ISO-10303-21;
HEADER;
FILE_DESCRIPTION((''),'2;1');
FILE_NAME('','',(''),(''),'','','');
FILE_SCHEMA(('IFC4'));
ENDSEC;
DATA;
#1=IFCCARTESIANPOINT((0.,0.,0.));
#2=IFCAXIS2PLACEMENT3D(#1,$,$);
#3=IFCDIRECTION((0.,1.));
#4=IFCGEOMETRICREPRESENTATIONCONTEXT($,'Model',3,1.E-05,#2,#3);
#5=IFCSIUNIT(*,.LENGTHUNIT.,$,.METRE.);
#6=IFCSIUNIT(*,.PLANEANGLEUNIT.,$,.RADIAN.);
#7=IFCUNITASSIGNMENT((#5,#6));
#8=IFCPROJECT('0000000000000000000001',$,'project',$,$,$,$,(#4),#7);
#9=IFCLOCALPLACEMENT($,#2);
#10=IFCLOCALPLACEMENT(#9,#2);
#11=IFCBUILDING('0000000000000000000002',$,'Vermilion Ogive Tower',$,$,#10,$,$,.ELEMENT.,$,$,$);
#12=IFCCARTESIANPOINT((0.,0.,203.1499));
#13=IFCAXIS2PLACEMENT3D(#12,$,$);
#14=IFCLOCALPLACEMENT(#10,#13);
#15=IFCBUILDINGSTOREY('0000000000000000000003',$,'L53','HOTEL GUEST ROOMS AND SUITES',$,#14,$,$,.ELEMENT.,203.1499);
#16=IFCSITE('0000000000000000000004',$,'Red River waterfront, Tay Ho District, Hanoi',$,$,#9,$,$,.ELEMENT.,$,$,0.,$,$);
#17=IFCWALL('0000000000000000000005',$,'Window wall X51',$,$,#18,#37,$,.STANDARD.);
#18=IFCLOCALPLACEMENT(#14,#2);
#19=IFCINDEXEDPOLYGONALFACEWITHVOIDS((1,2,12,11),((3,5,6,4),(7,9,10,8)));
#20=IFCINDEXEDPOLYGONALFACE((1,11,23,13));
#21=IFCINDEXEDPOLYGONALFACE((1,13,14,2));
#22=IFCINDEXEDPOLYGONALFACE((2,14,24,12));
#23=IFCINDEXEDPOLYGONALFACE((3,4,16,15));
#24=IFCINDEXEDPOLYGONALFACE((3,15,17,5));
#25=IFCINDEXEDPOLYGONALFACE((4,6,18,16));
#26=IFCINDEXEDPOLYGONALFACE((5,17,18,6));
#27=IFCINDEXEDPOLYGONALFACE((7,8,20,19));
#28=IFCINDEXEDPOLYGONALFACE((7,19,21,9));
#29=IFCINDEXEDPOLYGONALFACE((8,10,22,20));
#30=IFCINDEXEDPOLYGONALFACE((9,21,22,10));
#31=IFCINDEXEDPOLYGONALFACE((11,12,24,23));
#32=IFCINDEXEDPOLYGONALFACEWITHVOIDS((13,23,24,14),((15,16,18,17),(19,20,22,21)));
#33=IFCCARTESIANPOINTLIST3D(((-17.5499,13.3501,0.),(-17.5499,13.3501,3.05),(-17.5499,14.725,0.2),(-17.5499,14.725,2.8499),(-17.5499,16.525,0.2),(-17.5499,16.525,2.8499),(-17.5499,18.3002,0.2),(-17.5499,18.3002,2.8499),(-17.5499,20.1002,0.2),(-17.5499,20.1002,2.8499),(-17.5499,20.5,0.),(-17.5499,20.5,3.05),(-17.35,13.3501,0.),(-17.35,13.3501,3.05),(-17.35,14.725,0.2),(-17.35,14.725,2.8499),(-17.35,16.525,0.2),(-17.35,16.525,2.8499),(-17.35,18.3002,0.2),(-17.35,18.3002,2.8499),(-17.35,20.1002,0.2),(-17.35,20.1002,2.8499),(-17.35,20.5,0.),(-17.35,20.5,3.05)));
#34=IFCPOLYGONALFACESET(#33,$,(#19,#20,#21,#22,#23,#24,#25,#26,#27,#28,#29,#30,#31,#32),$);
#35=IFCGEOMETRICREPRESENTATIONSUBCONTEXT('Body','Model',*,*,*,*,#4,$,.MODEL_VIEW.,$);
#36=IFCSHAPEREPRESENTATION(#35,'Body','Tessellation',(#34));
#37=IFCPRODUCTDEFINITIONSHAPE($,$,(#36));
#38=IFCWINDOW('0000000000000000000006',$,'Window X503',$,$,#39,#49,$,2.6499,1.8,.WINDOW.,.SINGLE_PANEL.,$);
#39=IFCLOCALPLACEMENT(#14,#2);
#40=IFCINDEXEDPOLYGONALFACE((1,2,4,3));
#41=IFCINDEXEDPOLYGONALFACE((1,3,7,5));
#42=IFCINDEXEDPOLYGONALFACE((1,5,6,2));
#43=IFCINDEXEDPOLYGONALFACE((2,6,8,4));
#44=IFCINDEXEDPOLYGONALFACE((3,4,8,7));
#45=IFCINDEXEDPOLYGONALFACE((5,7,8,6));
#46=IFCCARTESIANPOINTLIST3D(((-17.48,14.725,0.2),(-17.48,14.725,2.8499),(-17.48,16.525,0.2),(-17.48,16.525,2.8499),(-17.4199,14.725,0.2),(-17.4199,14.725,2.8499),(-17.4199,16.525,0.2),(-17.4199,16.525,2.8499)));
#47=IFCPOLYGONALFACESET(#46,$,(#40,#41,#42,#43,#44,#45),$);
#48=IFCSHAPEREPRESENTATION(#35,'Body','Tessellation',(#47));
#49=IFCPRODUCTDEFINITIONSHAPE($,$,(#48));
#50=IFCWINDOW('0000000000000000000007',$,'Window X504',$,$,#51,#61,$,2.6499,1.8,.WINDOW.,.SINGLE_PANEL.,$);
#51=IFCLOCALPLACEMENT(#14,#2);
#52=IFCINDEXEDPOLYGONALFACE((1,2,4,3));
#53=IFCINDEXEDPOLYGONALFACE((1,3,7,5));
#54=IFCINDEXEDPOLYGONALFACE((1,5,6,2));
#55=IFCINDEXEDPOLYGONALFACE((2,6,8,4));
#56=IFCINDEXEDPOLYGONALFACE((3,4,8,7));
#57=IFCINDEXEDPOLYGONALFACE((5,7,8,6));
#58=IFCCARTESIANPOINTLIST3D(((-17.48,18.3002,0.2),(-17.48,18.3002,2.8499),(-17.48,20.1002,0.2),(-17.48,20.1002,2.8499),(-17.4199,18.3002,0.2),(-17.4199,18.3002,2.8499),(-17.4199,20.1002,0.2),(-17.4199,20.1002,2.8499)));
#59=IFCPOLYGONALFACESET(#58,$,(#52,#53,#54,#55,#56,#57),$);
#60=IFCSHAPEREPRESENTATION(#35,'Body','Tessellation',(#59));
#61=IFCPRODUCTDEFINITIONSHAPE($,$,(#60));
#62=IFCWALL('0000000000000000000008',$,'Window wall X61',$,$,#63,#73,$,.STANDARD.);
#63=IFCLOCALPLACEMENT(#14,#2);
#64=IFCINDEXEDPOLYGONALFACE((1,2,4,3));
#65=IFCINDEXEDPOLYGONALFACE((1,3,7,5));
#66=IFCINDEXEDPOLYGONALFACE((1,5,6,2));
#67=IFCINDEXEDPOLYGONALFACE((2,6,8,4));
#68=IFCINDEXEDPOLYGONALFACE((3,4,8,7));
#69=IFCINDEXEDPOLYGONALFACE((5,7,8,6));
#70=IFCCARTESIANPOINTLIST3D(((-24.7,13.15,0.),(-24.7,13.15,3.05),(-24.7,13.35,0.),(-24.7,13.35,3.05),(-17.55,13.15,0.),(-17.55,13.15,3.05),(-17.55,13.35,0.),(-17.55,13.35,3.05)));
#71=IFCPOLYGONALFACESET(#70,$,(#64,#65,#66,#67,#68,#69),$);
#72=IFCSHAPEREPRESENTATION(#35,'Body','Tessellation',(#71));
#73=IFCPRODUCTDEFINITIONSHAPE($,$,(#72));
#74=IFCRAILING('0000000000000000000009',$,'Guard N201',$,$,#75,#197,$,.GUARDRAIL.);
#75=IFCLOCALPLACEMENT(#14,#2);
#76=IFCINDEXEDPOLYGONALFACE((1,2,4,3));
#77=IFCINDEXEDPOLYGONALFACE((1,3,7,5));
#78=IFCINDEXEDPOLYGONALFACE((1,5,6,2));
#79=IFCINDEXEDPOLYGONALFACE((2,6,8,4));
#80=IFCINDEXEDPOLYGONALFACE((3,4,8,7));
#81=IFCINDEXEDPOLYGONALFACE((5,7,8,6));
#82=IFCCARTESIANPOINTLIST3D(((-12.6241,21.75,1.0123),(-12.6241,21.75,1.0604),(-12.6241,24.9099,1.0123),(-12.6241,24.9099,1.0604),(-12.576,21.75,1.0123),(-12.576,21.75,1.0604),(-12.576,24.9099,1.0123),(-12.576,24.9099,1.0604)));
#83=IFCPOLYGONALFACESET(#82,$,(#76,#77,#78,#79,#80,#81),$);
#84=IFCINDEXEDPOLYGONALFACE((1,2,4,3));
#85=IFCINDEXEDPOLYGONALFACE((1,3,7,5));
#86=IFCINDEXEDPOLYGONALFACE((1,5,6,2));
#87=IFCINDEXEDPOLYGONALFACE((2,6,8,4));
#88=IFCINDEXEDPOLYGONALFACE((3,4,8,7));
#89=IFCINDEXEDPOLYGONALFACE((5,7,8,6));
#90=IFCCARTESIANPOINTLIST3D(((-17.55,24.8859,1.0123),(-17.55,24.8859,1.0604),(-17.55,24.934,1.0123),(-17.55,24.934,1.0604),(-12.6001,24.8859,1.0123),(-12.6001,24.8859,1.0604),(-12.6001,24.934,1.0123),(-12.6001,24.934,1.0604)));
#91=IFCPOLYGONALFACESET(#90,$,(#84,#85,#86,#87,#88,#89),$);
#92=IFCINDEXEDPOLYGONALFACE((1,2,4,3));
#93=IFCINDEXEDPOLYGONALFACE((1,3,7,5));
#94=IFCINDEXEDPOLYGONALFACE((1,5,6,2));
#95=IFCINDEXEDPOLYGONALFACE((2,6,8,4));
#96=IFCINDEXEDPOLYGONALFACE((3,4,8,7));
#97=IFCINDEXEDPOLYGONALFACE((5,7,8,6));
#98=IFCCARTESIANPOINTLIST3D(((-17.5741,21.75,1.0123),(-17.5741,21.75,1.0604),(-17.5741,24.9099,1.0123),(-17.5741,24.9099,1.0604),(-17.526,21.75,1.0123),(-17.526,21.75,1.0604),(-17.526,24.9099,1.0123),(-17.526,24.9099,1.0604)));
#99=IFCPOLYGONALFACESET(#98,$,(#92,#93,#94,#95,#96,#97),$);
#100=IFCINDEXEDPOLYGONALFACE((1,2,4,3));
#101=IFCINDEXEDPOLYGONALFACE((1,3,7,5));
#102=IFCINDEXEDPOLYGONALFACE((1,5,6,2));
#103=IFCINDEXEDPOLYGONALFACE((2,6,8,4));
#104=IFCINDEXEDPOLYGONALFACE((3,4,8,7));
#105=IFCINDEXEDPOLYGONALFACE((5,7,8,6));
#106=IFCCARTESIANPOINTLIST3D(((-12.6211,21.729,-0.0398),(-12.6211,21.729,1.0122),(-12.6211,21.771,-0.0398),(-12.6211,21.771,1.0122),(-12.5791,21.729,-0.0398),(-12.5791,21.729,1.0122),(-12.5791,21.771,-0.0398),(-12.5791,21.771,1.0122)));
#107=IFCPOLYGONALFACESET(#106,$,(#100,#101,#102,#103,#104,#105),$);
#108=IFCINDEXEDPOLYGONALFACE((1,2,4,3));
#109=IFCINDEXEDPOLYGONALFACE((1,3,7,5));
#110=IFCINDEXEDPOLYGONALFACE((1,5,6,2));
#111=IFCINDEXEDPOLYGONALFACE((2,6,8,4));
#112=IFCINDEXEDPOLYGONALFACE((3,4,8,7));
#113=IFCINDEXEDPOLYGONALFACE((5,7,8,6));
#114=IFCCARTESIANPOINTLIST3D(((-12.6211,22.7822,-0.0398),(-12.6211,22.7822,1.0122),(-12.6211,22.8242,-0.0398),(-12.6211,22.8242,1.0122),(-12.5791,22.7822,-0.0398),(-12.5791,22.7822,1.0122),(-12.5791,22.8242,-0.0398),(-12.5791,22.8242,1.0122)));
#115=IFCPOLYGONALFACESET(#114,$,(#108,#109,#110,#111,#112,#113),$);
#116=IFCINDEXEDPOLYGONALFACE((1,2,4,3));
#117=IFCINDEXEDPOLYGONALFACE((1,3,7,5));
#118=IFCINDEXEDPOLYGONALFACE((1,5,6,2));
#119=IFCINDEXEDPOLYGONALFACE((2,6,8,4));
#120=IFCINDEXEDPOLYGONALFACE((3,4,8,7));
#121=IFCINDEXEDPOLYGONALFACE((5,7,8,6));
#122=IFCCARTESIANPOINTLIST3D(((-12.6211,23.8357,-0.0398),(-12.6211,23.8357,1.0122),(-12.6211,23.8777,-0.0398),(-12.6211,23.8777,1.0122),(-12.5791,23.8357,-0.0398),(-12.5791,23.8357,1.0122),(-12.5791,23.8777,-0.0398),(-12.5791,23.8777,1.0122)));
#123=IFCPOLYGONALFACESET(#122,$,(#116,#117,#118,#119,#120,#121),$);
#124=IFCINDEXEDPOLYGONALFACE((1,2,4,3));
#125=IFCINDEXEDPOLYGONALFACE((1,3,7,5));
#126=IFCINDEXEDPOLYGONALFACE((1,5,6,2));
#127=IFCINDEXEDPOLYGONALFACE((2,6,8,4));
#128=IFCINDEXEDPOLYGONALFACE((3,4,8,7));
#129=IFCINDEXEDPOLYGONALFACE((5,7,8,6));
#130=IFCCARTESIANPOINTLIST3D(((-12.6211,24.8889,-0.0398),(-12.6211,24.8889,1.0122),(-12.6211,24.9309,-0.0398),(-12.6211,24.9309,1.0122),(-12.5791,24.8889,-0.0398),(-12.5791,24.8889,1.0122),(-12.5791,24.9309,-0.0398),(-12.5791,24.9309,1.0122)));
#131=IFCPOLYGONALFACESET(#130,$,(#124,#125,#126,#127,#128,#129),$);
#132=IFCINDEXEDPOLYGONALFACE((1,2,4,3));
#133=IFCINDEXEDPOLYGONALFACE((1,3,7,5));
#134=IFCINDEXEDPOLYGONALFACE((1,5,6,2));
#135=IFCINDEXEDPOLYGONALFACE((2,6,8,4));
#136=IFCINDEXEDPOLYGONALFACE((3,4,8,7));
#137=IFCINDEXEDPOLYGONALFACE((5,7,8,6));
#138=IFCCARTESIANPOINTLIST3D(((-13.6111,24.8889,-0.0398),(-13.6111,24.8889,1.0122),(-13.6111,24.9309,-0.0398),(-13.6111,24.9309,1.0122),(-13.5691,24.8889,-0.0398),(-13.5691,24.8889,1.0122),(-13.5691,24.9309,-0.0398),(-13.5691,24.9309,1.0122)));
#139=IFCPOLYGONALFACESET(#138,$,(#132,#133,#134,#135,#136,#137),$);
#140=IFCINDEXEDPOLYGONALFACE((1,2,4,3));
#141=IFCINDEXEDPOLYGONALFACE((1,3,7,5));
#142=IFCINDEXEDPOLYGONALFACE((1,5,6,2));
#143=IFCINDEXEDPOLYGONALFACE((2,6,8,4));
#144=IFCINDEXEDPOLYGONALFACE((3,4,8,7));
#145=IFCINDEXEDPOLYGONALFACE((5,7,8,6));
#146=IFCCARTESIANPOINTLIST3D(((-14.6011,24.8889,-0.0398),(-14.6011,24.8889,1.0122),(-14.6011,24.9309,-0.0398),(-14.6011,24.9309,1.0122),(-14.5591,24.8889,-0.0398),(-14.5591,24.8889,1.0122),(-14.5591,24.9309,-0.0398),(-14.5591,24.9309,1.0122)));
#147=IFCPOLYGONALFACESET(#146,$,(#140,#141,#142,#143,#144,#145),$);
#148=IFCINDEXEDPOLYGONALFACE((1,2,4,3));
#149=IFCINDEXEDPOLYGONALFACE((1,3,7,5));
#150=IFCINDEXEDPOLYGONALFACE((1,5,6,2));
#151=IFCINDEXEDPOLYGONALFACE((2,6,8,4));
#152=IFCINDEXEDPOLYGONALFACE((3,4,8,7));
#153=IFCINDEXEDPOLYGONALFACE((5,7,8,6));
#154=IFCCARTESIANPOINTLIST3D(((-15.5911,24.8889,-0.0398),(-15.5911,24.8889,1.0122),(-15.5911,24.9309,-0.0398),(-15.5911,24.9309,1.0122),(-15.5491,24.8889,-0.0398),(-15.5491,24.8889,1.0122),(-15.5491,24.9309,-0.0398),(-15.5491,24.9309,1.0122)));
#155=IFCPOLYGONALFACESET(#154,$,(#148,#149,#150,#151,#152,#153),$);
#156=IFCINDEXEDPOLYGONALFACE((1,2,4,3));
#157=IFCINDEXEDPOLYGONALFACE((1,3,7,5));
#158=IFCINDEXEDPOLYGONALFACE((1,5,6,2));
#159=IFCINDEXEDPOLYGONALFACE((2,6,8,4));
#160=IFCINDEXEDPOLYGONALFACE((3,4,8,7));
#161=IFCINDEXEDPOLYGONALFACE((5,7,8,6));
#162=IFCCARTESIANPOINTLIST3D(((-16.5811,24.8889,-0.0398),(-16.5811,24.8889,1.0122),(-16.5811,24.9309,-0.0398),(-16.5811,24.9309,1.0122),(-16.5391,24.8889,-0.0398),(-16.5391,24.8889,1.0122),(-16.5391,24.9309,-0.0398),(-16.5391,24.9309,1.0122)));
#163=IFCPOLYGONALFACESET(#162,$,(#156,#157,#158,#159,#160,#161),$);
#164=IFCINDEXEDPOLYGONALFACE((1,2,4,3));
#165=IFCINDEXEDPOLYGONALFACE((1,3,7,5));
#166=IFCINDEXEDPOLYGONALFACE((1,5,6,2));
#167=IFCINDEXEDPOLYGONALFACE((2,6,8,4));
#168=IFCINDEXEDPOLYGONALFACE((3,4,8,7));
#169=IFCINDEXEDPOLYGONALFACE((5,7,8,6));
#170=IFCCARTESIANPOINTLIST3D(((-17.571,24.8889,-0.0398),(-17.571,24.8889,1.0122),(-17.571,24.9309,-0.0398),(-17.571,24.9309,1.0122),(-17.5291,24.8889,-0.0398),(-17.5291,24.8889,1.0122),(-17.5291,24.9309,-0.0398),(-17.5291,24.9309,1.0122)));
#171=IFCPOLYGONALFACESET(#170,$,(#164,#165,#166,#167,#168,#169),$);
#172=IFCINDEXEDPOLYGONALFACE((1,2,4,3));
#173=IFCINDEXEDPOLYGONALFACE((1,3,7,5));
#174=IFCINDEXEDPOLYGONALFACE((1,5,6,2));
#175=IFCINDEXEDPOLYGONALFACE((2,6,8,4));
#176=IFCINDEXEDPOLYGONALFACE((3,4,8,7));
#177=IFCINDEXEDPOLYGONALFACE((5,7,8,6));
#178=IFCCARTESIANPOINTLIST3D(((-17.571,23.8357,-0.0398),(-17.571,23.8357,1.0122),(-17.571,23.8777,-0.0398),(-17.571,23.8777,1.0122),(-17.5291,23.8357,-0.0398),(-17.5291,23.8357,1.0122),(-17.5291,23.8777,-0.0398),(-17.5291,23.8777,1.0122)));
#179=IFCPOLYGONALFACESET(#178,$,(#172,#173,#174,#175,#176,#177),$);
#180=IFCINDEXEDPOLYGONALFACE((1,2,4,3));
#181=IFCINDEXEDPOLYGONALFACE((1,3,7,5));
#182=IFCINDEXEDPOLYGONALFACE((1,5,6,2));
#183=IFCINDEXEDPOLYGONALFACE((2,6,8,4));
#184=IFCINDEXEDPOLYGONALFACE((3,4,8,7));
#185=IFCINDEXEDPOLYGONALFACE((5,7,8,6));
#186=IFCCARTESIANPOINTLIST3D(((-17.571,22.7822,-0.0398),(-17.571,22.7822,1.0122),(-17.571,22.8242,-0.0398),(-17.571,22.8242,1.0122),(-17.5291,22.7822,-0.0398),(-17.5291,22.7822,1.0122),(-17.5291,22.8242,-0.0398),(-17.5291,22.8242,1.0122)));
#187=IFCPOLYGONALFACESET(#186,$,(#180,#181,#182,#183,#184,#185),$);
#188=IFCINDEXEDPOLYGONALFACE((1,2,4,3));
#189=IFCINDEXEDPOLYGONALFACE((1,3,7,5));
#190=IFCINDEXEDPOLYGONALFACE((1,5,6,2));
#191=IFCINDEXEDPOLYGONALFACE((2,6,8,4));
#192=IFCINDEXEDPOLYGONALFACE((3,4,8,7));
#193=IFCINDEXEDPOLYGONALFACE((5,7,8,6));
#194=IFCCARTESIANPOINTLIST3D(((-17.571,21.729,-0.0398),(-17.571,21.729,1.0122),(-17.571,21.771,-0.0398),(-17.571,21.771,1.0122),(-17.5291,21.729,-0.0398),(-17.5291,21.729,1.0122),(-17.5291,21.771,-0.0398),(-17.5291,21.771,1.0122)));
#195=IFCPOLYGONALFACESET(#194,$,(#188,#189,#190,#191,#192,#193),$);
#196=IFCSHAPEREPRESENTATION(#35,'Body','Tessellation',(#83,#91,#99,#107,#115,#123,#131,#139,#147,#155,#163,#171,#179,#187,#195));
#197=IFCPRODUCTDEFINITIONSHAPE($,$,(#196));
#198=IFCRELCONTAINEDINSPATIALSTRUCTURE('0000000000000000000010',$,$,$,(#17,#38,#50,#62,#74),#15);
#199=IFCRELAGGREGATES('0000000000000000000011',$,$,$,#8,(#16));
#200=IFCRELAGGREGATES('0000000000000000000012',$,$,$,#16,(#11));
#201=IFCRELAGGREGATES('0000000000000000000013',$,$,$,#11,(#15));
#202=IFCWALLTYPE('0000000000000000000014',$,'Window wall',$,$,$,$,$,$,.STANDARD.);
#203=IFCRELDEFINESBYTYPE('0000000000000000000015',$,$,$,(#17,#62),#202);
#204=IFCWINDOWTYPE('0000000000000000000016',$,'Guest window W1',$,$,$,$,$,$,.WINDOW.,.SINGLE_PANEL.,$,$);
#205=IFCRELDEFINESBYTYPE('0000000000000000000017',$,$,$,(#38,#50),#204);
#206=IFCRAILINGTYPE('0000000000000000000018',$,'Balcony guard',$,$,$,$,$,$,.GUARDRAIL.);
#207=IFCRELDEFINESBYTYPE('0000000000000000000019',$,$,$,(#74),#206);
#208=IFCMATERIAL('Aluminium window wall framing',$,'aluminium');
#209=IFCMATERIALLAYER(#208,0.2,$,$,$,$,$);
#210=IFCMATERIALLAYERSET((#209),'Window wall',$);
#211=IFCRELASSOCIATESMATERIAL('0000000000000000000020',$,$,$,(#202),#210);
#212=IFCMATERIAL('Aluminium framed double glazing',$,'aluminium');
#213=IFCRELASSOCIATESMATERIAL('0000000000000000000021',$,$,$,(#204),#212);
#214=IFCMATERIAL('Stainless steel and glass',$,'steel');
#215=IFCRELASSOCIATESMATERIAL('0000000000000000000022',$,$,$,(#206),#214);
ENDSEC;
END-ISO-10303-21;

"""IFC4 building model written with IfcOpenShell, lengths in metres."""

from ifc_helpers import new_model, si_unit, direction, frame, frame_2d, origin, origin_2d, place, context, subcontext, project, spatial, rectangle, extrude, material, layer, layer_set, type_object, element, fill, save


model = new_model("IFC4")

# Units and contexts
model_context = context("Model", 3, precision=1e-05, world=origin(), true_north=direction((0.0, 1.0)))
body_context = subcontext(model_context, "Body", "Model", "MODEL_VIEW")
ifc_project = project(units=[si_unit("LENGTHUNIT", "METRE"), si_unit("PLANEANGLEUNIT", "RADIAN")], contexts=[model_context])

# Site, building, storey
site_placement = place(None, origin())
site = spatial("IfcSite", under=ifc_project, at=site_placement, Name="Red River waterfront, Tay Ho District, Hanoi", CompositionType="ELEMENT", RefElevation=0.0)
building_placement = place(site_placement, origin())
building = spatial("IfcBuilding", under=site, at=building_placement, Name="Vermilion Ogive Tower", CompositionType="ELEMENT")
storey_placement = place(building_placement, frame((0.0, 0.0, 203.1499)))
storey = spatial("IfcBuildingStorey", under=building, at=storey_placement, Name="L53", Description="HOTEL GUEST ROOMS AND SUITES", CompositionType="ELEMENT", Elevation=203.1499)

# Shared definitions
ifc_material_1 = material(Name="Aluminium window wall framing", Category="aluminium")
ifc_layer_1 = layer(ifc_material_1, 0.2)
ifc_layer_set_1 = layer_set([ifc_layer_1], Name="Window wall")
wall_type_1 = type_object("IfcWallType", Name="Window wall", PredefinedType="STANDARD", material=ifc_layer_set_1)
ifc_material_2 = material(Name="Aluminium framed double glazing", Category="aluminium")
window_type = type_object("IfcWindowType", Name="Guest window W1", PartitioningType="SINGLE_PANEL", PredefinedType="WINDOW", material=ifc_material_2)

# Wall, openings, windows
wall_1_placement = place(storey_placement, frame((-17.45, 20.5, 0.0), z_axis=(0.0, 0.0, 1.0), x_axis=(0.0, -1.0, 0.0)))
wall_1 = element("IfcWall", 1, at=wall_1_placement, inside=storey, type_object=wall_type_1, Name="Window wall X51", PredefinedType="STANDARD", context=body_context, shape_type="SweptSolid", body=[
    extrude(rectangle(XDim=7.1499, YDim=0.2, at=frame_2d((3.575, 0.0))), origin(), (0.0, 0.0, 1.0), 3.05),
])
opening_1_placement = place(wall_1_placement, frame((3.9751, 0.0, 0.2)))
opening_1 = element("IfcOpeningElement", 2, at=opening_1_placement, cuts=wall_1, PredefinedType="OPENING", context=body_context, shape_type="SweptSolid", body=[
    extrude(rectangle(XDim=1.8, YDim=2.6499, at=frame_2d((0.8999, 1.325))), frame((0.0, 0.1099, 0.0), z_axis=(0.0, -1.0, 0.0), x_axis=(1.0, 0.0, 0.0)), (0.0, 0.0, 1.0), 0.22),
])
opening_2_placement = place(wall_1_placement, frame((0.3999, 0.0, 0.2)))
opening_2 = element("IfcOpeningElement", 3, at=opening_2_placement, cuts=wall_1, PredefinedType="OPENING", context=body_context, shape_type="SweptSolid", body=[
    extrude(rectangle(XDim=1.8, YDim=2.6499, at=frame_2d((0.8999, 1.325))), frame((0.0, 0.1099, 0.0), z_axis=(0.0, -1.0, 0.0), x_axis=(1.0, 0.0, 0.0)), (0.0, 0.0, 1.0), 0.22),
])
window_1_placement = place(opening_1_placement, origin())
window_1 = element("IfcWindow", 4, at=window_1_placement, inside=storey, type_object=window_type, Name="Window X503", OverallHeight=2.6499, OverallWidth=1.8, PartitioningType="SINGLE_PANEL", PredefinedType="WINDOW", context=body_context, shape_type="SweptSolid", body=[
    extrude(rectangle(XDim=1.8, YDim=2.6499, at=frame_2d((0.8999, 1.325))), frame((0.0, 0.03, 0.0), z_axis=(0.0, -1.0, 0.0), x_axis=(1.0, 0.0, 0.0)), (0.0, 0.0, 1.0), 0.0601),
])
fill(opening_1, window_1)
window_2_placement = place(opening_2_placement, origin())
window_2 = element("IfcWindow", 5, at=window_2_placement, inside=storey, type_object=window_type, Name="Window X504", OverallHeight=2.6499, OverallWidth=1.8, PartitioningType="SINGLE_PANEL", PredefinedType="WINDOW", context=body_context, shape_type="SweptSolid", body=[
    extrude(rectangle(XDim=1.8, YDim=2.6499, at=frame_2d((0.8999, 1.325))), frame((0.0, 0.03, 0.0), z_axis=(0.0, -1.0, 0.0), x_axis=(1.0, 0.0, 0.0)), (0.0, 0.0, 1.0), 0.0601),
])
fill(opening_2, window_2)

# Wall
wall_2_placement = place(storey_placement, frame((-17.55, 13.25, 0.0), z_axis=(0.0, 0.0, 1.0), x_axis=(-1.0, 0.0, 0.0)))
element("IfcWall", 6, at=wall_2_placement, inside=storey, type_object=wall_type_1, Name="Window wall X61", PredefinedType="STANDARD", context=body_context, shape_type="SweptSolid", body=[
    extrude(rectangle(XDim=7.1499, YDim=0.2, at=frame_2d((3.575, 0.0))), origin(), (0.0, 0.0, 1.0), 3.05),
])

# Railing
ifc_material_3 = material(Name="Stainless steel and glass", Category="steel")
railing_type = type_object("IfcRailingType", Name="Balcony guard", PredefinedType="GUARDRAIL", material=ifc_material_3)
railing_placement = place(storey_placement, frame((-12.6001, 21.75, -0.0398)))
element("IfcRailing", 7, at=railing_placement, inside=storey, type_object=railing_type, Name="Guard N201", PredefinedType="GUARDRAIL", context=body_context, shape_type="SweptSolid", body=[
    extrude(rectangle(XDim=0.0481, YDim=0.0481, at=origin_2d()), frame((0.0, 0.0, 1.0762), z_axis=(0.0, 1.0, 0.0), x_axis=(-1.0, 0.0, 0.0)), (0.0, 0.0, 1.0), 3.1599),
    extrude(rectangle(XDim=0.0481, YDim=0.0481, at=origin_2d()), frame((0.0, 3.1599, 1.0762), z_axis=(-1.0, 0.0, 0.0), x_axis=(0.0, -1.0, 0.0)), (0.0, 0.0, 1.0), 4.95),
    extrude(rectangle(XDim=0.0481, YDim=0.0481, at=origin_2d()), frame((-4.95, 3.1599, 1.0762), z_axis=(0.0, -1.0, 0.0), x_axis=(1.0, 0.0, 0.0)), (0.0, 0.0, 1.0), 3.1599),
    extrude(rectangle(XDim=0.042, YDim=0.042, at=origin_2d()), origin(), (0.0, 0.0, 1.0), 1.052),
    extrude(rectangle(XDim=0.042, YDim=0.042, at=origin_2d()), frame((0.0, 1.0532, 0.0)), (0.0, 0.0, 1.0), 1.052),
    extrude(rectangle(XDim=0.042, YDim=0.042, at=origin_2d()), frame((0.0, 2.1067, 0.0)), (0.0, 0.0, 1.0), 1.052),
    extrude(rectangle(XDim=0.042, YDim=0.042, at=origin_2d()), frame((0.0, 3.1599, 0.0)), (0.0, 0.0, 1.0), 1.052),
    extrude(rectangle(XDim=0.042, YDim=0.042, at=origin_2d()), frame((-0.99, 3.1599, 0.0)), (0.0, 0.0, 1.0), 1.052),
    extrude(rectangle(XDim=0.042, YDim=0.042, at=origin_2d()), frame((-1.98, 3.1599, 0.0)), (0.0, 0.0, 1.0), 1.052),
    extrude(rectangle(XDim=0.042, YDim=0.042, at=origin_2d()), frame((-2.97, 3.1599, 0.0)), (0.0, 0.0, 1.0), 1.052),
    extrude(rectangle(XDim=0.042, YDim=0.042, at=origin_2d()), frame((-3.96, 3.1599, 0.0)), (0.0, 0.0, 1.0), 1.052),
    extrude(rectangle(XDim=0.042, YDim=0.042, at=origin_2d()), frame((-4.95, 3.1599, 0.0)), (0.0, 0.0, 1.0), 1.052),
    extrude(rectangle(XDim=0.042, YDim=0.042, at=origin_2d()), frame((-4.95, 2.1067, 0.0)), (0.0, 0.0, 1.0), 1.052),
    extrude(rectangle(XDim=0.042, YDim=0.042, at=origin_2d()), frame((-4.95, 1.0532, 0.0)), (0.0, 0.0, 1.0), 1.052),
    extrude(rectangle(XDim=0.042, YDim=0.042, at=origin_2d()), frame((-4.95, 0.0, 0.0)), (0.0, 0.0, 1.0), 1.052),
])

save(model, "model.ifc")
